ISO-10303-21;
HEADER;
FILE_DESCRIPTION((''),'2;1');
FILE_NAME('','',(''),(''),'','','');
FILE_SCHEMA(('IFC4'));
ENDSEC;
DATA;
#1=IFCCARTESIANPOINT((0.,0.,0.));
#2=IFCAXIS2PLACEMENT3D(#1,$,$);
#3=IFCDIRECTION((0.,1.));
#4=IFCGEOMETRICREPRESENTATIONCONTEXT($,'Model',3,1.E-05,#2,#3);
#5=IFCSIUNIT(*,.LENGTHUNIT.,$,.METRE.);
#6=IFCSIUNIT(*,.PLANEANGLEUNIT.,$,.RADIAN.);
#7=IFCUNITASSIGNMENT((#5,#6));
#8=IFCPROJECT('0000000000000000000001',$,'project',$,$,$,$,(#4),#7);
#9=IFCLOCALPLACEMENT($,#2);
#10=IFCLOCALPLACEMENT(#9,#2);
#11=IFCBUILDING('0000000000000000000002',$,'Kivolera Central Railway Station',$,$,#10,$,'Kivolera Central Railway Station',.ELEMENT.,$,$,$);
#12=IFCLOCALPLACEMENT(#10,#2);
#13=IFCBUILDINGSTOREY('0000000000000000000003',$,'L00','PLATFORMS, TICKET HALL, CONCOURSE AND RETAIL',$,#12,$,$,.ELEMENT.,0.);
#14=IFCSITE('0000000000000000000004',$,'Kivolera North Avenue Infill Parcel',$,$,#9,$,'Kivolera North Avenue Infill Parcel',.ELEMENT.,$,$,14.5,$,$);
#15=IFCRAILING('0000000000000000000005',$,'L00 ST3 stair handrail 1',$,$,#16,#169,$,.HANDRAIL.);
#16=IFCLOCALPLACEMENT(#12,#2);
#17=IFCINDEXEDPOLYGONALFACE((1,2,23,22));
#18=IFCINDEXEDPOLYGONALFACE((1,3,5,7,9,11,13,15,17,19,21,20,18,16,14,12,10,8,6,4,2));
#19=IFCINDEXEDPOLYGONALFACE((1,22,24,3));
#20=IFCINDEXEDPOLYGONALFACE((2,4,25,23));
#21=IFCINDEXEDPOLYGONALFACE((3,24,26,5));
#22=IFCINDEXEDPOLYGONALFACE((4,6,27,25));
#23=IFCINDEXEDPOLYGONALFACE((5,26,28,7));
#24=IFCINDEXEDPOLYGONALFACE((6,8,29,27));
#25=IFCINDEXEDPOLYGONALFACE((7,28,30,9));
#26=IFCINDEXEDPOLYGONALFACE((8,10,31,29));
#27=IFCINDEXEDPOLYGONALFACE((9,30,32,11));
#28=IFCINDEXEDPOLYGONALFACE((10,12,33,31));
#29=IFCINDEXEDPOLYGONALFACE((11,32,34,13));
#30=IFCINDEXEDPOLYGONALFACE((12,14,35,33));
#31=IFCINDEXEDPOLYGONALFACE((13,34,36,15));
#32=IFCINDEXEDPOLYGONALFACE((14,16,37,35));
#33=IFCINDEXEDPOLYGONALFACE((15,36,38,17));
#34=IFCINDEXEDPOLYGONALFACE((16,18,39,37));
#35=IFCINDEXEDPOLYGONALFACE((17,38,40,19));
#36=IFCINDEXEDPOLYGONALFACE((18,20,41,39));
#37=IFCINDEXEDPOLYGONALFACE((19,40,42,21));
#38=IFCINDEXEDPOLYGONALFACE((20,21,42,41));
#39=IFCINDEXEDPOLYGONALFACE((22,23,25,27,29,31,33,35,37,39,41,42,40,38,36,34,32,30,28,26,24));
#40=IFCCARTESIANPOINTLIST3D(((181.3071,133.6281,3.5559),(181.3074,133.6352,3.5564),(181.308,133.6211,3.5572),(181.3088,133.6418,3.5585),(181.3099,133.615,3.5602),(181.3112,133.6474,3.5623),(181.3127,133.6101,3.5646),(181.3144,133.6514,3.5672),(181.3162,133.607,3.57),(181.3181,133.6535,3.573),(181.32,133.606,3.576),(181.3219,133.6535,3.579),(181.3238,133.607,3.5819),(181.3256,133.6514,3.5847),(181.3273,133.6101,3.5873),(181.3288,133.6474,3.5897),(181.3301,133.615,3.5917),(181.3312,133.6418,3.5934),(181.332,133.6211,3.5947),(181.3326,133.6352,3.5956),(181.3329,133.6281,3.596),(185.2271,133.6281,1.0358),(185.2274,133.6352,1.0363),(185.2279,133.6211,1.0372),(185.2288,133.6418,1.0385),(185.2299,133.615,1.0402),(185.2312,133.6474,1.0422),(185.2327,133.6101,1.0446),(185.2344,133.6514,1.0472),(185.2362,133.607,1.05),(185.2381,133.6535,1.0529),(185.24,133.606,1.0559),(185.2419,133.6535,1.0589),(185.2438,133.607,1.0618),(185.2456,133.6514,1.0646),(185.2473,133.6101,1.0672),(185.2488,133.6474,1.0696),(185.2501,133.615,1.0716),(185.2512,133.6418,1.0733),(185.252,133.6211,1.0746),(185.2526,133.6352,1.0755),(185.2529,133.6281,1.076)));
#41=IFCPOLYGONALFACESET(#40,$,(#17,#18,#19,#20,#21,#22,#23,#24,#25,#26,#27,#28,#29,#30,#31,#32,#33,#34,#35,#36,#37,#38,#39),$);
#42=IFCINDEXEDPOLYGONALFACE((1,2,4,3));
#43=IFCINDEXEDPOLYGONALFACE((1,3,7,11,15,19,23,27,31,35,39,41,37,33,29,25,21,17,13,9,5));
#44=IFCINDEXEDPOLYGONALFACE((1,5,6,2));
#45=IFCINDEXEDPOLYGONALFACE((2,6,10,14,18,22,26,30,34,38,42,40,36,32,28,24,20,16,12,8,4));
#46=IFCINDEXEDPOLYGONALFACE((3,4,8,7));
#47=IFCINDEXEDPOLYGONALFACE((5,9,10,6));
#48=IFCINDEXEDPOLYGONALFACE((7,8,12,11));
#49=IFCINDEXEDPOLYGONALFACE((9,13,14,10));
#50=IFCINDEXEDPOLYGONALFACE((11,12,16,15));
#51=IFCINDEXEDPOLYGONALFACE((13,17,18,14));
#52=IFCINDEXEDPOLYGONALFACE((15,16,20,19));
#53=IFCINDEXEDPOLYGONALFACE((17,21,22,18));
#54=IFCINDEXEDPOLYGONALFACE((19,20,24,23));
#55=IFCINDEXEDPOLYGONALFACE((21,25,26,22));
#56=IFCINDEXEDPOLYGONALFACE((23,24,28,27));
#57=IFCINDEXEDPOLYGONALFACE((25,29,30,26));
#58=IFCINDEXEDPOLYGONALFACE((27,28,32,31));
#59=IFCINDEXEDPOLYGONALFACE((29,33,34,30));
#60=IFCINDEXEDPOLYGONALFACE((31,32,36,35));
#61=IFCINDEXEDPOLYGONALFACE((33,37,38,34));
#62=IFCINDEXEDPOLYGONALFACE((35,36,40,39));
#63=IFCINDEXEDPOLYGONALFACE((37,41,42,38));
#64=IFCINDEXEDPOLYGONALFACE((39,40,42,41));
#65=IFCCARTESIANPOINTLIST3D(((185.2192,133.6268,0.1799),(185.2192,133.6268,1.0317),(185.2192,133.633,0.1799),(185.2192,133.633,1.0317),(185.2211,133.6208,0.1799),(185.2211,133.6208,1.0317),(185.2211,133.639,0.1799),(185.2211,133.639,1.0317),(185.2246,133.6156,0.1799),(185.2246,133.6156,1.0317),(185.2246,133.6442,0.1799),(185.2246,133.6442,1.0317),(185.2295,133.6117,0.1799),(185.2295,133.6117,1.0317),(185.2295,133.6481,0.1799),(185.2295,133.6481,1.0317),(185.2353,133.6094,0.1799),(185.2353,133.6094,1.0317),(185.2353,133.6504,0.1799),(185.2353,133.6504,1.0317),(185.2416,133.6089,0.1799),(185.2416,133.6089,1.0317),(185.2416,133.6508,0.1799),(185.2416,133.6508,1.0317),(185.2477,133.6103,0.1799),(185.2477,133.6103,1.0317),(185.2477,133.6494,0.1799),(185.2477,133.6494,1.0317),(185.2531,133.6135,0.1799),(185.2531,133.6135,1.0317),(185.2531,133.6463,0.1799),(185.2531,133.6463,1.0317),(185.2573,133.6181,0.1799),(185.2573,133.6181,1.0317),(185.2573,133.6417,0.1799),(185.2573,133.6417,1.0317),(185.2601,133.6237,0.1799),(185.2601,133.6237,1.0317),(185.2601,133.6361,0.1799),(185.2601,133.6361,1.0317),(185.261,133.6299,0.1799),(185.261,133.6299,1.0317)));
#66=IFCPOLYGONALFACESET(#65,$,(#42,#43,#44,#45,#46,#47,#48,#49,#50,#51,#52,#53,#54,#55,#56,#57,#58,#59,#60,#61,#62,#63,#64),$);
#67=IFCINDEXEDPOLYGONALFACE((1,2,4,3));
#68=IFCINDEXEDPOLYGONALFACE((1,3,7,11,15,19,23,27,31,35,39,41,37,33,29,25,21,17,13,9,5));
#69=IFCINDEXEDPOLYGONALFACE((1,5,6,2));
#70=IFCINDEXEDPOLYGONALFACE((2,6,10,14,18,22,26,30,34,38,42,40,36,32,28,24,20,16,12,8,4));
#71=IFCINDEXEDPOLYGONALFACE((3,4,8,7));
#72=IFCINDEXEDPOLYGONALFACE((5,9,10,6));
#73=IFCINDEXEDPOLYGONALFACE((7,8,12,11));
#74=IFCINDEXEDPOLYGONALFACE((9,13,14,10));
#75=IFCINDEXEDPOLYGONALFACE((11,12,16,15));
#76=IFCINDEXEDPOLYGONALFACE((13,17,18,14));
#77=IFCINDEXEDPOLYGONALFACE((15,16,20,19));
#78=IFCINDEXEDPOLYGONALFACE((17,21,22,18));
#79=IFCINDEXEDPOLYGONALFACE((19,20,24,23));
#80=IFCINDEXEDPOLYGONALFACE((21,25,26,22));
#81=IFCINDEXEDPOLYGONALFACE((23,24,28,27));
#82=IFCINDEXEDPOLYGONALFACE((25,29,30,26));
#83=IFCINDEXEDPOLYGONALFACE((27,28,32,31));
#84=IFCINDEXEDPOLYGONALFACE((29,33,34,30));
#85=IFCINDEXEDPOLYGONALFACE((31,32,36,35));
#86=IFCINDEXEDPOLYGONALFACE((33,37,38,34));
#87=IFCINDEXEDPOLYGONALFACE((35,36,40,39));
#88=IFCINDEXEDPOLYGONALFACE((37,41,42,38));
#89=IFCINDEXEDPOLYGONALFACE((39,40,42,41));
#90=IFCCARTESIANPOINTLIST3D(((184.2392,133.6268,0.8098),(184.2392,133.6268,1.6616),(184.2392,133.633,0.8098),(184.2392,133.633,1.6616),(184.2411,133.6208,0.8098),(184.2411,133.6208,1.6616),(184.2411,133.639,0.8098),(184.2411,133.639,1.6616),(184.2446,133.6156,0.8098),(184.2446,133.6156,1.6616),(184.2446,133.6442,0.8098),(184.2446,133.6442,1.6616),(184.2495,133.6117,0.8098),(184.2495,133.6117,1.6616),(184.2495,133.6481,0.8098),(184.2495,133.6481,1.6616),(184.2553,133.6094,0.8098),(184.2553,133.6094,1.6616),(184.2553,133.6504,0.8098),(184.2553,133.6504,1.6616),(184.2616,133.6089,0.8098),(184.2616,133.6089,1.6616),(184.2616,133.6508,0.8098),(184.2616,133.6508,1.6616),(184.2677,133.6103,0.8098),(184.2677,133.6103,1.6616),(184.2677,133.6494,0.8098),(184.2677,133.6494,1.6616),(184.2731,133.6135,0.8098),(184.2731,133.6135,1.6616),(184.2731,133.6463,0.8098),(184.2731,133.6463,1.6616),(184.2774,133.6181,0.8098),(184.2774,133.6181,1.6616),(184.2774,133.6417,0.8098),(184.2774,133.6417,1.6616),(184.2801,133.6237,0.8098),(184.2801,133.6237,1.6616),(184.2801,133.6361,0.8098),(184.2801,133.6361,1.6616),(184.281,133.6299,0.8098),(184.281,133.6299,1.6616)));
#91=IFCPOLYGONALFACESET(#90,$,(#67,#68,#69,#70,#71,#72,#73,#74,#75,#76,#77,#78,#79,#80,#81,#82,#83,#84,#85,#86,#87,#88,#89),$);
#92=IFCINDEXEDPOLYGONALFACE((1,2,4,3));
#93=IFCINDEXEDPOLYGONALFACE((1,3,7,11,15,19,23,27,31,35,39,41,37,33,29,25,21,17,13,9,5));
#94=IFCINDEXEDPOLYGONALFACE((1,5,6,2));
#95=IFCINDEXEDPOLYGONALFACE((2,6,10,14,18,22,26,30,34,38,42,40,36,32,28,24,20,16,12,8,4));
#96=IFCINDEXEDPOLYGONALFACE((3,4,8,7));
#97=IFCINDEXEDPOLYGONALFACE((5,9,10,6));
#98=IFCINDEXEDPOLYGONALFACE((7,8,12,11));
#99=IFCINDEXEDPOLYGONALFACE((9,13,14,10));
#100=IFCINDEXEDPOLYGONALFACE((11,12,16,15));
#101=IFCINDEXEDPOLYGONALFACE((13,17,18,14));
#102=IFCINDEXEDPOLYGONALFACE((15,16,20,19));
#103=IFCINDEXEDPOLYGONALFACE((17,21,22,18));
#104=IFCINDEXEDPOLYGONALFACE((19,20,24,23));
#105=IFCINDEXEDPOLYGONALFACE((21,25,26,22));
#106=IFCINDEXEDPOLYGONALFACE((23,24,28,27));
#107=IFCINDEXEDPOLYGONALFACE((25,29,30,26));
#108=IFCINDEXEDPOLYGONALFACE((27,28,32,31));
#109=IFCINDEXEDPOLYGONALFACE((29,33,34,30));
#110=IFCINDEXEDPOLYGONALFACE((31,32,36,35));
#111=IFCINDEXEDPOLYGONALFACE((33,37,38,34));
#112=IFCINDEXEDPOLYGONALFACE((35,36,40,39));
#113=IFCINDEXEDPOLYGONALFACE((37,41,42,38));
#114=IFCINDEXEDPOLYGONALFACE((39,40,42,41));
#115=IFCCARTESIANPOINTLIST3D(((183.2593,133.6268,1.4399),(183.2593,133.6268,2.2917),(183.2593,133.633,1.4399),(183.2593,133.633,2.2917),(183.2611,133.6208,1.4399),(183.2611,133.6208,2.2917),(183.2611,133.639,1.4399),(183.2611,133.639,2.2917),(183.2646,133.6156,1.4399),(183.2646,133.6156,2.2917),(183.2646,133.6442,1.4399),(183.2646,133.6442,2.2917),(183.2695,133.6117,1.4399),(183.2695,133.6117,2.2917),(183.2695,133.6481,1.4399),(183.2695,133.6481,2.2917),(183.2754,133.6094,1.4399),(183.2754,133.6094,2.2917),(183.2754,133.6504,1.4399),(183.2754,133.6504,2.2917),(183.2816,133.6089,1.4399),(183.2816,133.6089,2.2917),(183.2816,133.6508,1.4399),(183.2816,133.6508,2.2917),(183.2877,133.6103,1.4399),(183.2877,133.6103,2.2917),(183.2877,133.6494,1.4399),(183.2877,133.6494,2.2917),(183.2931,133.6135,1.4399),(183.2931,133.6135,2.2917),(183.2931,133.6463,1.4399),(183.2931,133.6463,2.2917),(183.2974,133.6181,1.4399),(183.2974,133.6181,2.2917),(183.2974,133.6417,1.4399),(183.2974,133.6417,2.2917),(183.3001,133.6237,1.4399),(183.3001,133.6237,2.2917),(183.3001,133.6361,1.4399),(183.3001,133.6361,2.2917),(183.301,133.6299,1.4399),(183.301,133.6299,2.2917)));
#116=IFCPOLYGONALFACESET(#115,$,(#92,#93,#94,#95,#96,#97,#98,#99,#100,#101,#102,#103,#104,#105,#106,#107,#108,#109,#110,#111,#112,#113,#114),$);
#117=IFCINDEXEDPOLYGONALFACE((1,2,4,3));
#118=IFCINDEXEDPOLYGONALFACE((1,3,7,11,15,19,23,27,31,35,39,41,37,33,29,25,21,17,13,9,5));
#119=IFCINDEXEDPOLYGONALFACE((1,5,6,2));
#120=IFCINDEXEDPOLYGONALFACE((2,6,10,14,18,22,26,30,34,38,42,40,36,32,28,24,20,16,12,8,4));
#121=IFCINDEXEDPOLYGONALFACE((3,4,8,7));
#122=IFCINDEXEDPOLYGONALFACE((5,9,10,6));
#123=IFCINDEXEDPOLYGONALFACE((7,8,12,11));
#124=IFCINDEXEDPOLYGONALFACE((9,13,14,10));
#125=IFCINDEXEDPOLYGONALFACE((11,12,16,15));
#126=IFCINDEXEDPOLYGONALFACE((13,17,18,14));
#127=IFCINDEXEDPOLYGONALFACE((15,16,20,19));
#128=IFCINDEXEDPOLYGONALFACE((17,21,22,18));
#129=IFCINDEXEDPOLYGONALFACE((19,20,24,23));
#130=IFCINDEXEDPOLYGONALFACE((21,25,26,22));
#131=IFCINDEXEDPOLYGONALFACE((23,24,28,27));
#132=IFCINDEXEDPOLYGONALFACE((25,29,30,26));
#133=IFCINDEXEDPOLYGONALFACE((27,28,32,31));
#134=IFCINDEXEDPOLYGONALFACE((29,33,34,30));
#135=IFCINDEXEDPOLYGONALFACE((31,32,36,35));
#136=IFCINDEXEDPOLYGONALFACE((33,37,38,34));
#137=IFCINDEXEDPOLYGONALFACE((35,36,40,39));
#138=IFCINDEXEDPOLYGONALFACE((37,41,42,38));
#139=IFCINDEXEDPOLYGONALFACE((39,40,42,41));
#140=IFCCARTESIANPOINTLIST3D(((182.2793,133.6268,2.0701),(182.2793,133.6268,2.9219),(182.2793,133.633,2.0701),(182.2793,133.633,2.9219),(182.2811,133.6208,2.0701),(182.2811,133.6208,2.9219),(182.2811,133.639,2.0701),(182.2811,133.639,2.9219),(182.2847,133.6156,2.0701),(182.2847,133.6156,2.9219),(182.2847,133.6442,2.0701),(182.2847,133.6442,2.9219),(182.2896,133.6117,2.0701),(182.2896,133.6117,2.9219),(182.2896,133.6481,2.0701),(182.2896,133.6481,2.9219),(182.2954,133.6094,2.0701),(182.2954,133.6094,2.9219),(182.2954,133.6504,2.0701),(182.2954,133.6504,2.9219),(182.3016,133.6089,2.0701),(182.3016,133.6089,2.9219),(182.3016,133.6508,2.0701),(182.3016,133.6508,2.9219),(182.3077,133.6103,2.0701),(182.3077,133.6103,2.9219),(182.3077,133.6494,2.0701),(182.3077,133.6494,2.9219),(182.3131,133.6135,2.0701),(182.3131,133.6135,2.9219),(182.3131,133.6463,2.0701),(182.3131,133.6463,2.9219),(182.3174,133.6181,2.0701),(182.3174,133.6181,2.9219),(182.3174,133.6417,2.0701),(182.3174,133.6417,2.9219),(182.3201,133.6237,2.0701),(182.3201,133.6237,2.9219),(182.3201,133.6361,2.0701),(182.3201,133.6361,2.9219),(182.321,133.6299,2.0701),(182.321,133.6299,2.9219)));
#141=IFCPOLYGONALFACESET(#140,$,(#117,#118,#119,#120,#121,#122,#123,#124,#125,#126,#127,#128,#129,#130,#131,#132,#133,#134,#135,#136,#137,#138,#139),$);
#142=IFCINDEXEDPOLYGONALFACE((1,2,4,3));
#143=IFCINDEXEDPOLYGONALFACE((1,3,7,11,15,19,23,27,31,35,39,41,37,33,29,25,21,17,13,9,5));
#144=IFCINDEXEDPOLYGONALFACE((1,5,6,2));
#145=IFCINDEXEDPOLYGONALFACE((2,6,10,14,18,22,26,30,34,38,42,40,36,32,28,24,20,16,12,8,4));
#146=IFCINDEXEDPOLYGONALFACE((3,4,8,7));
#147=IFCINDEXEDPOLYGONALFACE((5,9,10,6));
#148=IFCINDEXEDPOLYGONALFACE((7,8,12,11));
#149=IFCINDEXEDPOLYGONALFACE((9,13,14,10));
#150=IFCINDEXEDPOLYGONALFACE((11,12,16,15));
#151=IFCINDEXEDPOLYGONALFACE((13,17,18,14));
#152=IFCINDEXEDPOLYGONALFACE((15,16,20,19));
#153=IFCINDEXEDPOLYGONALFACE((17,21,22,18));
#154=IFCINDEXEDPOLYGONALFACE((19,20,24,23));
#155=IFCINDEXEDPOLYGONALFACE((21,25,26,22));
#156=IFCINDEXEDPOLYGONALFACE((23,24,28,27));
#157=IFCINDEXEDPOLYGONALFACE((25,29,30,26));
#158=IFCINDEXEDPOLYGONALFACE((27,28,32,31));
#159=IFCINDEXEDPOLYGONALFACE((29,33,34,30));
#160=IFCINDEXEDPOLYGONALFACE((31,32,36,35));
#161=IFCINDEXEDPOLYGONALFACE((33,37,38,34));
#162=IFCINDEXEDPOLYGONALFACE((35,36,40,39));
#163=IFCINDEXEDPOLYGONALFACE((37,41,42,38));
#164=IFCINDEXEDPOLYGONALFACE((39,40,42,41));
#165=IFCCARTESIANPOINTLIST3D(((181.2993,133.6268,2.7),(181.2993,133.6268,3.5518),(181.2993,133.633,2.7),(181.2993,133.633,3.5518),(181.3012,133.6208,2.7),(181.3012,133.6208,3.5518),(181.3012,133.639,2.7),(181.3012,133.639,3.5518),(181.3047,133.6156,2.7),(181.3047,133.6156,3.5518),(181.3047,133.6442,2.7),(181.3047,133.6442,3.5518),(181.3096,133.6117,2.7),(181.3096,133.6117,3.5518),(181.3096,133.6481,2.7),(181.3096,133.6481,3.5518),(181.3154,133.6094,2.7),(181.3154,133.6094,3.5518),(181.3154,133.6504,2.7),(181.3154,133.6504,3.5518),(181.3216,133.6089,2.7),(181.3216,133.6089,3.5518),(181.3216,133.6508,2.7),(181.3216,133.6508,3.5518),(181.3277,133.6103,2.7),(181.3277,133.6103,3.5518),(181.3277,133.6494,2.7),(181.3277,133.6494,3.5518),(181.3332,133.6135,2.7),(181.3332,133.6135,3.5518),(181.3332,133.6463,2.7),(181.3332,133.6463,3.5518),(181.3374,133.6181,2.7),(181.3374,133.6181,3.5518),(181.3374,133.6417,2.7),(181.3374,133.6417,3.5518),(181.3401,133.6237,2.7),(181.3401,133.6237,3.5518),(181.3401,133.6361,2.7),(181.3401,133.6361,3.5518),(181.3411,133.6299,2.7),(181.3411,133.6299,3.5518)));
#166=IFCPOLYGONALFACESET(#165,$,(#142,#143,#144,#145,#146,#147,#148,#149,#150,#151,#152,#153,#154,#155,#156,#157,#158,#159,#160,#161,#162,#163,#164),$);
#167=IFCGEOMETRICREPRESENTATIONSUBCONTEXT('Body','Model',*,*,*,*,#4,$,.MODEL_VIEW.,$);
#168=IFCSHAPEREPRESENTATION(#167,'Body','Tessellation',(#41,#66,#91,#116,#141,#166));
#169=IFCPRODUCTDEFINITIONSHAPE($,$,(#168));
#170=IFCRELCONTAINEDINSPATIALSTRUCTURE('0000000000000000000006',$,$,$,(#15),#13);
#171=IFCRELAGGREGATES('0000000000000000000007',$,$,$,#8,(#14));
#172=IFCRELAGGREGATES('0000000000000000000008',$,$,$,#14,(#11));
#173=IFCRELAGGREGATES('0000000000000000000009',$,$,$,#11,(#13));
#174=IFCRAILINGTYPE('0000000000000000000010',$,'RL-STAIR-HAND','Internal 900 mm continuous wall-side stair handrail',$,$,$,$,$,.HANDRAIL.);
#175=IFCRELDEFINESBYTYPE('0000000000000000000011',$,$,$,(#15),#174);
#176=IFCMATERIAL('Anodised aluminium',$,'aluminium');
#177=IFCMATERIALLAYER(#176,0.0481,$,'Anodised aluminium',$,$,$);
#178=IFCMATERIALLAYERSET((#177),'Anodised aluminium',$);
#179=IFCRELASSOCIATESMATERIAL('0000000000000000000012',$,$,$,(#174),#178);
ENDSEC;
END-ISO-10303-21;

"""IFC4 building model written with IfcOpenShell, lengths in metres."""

from ifc_helpers import new_model, si_unit, direction, frame, origin, origin_2d, place, context, subcontext, project, spatial, circle, extrude, material, layer, layer_set, type_object, element, save


model = new_model("IFC4")

# Units and contexts
model_context = context("Model", 3, precision=1e-05, world=origin(), true_north=direction((0.0, 1.0)))
body_context = subcontext(model_context, "Body", "Model", "MODEL_VIEW")
ifc_project = project(units=[si_unit("LENGTHUNIT", "METRE"), si_unit("PLANEANGLEUNIT", "RADIAN")], contexts=[model_context])

# Site, building, storey
site_placement = place(None, origin())
site = spatial("IfcSite", under=ifc_project, at=site_placement, Name="Kivolera North Avenue Infill Parcel", LongName="Kivolera North Avenue Infill Parcel", CompositionType="ELEMENT", RefElevation=14.5)
building_placement = place(site_placement, origin())
building = spatial("IfcBuilding", under=site, at=building_placement, Name="Kivolera Central Railway Station", LongName="Kivolera Central Railway Station", CompositionType="ELEMENT")
storey_placement = place(building_placement, origin())
storey = spatial("IfcBuildingStorey", under=building, at=storey_placement, Name="L00", Description="PLATFORMS, TICKET HALL, CONCOURSE AND RETAIL", CompositionType="ELEMENT", Elevation=0.0)

# Shared definitions
ifc_material_1 = material(Name="Anodised aluminium", Category="aluminium")

# Railing
ifc_layer_1 = layer(ifc_material_1, 0.0481, Name="Anodised aluminium")
ifc_layer_set_1 = layer_set([ifc_layer_1], Name="Anodised aluminium")
railing_type_1 = type_object("IfcRailingType", Name="RL-STAIR-HAND", Description="Internal 900 mm continuous wall-side stair handrail", PredefinedType="HANDRAIL", material=ifc_layer_set_1)
railing_1_placement = place(storey_placement, frame((185.24, 133.6299, 0.1799)))
element("IfcRailing", 1, at=railing_1_placement, inside=storey, type_object=railing_type_1, Name="L00 ST3 stair handrail 1", PredefinedType="HANDRAIL", context=body_context, shape_type="SweptSolid", body=[
    extrude(circle(Radius=0.0239, at=origin_2d()), frame((0.0, 0.0, 0.876), z_axis=(-0.841172, 0.0, 0.540768), x_axis=(0.0, -1.0, 0.0)), (0.0, 0.0, 1.0), 4.6602),
    extrude(circle(Radius=0.021, at=origin_2d()), origin(), (0.0, 0.0, 1.0), 0.8518),
    extrude(circle(Radius=0.021, at=origin_2d()), frame((-0.98, 0.0, 0.6299)), (0.0, 0.0, 1.0), 0.8518),
    extrude(circle(Radius=0.021, at=origin_2d()), frame((-1.96, 0.0, 1.26)), (0.0, 0.0, 1.0), 0.8518),
    extrude(circle(Radius=0.021, at=origin_2d()), frame((-2.9399, 0.0, 1.8901)), (0.0, 0.0, 1.0), 0.8518),
    extrude(circle(Radius=0.021, at=origin_2d()), frame((-3.9199, 0.0, 2.52)), (0.0, 0.0, 1.0), 0.8518),
])

save(model, "model.ifc")
